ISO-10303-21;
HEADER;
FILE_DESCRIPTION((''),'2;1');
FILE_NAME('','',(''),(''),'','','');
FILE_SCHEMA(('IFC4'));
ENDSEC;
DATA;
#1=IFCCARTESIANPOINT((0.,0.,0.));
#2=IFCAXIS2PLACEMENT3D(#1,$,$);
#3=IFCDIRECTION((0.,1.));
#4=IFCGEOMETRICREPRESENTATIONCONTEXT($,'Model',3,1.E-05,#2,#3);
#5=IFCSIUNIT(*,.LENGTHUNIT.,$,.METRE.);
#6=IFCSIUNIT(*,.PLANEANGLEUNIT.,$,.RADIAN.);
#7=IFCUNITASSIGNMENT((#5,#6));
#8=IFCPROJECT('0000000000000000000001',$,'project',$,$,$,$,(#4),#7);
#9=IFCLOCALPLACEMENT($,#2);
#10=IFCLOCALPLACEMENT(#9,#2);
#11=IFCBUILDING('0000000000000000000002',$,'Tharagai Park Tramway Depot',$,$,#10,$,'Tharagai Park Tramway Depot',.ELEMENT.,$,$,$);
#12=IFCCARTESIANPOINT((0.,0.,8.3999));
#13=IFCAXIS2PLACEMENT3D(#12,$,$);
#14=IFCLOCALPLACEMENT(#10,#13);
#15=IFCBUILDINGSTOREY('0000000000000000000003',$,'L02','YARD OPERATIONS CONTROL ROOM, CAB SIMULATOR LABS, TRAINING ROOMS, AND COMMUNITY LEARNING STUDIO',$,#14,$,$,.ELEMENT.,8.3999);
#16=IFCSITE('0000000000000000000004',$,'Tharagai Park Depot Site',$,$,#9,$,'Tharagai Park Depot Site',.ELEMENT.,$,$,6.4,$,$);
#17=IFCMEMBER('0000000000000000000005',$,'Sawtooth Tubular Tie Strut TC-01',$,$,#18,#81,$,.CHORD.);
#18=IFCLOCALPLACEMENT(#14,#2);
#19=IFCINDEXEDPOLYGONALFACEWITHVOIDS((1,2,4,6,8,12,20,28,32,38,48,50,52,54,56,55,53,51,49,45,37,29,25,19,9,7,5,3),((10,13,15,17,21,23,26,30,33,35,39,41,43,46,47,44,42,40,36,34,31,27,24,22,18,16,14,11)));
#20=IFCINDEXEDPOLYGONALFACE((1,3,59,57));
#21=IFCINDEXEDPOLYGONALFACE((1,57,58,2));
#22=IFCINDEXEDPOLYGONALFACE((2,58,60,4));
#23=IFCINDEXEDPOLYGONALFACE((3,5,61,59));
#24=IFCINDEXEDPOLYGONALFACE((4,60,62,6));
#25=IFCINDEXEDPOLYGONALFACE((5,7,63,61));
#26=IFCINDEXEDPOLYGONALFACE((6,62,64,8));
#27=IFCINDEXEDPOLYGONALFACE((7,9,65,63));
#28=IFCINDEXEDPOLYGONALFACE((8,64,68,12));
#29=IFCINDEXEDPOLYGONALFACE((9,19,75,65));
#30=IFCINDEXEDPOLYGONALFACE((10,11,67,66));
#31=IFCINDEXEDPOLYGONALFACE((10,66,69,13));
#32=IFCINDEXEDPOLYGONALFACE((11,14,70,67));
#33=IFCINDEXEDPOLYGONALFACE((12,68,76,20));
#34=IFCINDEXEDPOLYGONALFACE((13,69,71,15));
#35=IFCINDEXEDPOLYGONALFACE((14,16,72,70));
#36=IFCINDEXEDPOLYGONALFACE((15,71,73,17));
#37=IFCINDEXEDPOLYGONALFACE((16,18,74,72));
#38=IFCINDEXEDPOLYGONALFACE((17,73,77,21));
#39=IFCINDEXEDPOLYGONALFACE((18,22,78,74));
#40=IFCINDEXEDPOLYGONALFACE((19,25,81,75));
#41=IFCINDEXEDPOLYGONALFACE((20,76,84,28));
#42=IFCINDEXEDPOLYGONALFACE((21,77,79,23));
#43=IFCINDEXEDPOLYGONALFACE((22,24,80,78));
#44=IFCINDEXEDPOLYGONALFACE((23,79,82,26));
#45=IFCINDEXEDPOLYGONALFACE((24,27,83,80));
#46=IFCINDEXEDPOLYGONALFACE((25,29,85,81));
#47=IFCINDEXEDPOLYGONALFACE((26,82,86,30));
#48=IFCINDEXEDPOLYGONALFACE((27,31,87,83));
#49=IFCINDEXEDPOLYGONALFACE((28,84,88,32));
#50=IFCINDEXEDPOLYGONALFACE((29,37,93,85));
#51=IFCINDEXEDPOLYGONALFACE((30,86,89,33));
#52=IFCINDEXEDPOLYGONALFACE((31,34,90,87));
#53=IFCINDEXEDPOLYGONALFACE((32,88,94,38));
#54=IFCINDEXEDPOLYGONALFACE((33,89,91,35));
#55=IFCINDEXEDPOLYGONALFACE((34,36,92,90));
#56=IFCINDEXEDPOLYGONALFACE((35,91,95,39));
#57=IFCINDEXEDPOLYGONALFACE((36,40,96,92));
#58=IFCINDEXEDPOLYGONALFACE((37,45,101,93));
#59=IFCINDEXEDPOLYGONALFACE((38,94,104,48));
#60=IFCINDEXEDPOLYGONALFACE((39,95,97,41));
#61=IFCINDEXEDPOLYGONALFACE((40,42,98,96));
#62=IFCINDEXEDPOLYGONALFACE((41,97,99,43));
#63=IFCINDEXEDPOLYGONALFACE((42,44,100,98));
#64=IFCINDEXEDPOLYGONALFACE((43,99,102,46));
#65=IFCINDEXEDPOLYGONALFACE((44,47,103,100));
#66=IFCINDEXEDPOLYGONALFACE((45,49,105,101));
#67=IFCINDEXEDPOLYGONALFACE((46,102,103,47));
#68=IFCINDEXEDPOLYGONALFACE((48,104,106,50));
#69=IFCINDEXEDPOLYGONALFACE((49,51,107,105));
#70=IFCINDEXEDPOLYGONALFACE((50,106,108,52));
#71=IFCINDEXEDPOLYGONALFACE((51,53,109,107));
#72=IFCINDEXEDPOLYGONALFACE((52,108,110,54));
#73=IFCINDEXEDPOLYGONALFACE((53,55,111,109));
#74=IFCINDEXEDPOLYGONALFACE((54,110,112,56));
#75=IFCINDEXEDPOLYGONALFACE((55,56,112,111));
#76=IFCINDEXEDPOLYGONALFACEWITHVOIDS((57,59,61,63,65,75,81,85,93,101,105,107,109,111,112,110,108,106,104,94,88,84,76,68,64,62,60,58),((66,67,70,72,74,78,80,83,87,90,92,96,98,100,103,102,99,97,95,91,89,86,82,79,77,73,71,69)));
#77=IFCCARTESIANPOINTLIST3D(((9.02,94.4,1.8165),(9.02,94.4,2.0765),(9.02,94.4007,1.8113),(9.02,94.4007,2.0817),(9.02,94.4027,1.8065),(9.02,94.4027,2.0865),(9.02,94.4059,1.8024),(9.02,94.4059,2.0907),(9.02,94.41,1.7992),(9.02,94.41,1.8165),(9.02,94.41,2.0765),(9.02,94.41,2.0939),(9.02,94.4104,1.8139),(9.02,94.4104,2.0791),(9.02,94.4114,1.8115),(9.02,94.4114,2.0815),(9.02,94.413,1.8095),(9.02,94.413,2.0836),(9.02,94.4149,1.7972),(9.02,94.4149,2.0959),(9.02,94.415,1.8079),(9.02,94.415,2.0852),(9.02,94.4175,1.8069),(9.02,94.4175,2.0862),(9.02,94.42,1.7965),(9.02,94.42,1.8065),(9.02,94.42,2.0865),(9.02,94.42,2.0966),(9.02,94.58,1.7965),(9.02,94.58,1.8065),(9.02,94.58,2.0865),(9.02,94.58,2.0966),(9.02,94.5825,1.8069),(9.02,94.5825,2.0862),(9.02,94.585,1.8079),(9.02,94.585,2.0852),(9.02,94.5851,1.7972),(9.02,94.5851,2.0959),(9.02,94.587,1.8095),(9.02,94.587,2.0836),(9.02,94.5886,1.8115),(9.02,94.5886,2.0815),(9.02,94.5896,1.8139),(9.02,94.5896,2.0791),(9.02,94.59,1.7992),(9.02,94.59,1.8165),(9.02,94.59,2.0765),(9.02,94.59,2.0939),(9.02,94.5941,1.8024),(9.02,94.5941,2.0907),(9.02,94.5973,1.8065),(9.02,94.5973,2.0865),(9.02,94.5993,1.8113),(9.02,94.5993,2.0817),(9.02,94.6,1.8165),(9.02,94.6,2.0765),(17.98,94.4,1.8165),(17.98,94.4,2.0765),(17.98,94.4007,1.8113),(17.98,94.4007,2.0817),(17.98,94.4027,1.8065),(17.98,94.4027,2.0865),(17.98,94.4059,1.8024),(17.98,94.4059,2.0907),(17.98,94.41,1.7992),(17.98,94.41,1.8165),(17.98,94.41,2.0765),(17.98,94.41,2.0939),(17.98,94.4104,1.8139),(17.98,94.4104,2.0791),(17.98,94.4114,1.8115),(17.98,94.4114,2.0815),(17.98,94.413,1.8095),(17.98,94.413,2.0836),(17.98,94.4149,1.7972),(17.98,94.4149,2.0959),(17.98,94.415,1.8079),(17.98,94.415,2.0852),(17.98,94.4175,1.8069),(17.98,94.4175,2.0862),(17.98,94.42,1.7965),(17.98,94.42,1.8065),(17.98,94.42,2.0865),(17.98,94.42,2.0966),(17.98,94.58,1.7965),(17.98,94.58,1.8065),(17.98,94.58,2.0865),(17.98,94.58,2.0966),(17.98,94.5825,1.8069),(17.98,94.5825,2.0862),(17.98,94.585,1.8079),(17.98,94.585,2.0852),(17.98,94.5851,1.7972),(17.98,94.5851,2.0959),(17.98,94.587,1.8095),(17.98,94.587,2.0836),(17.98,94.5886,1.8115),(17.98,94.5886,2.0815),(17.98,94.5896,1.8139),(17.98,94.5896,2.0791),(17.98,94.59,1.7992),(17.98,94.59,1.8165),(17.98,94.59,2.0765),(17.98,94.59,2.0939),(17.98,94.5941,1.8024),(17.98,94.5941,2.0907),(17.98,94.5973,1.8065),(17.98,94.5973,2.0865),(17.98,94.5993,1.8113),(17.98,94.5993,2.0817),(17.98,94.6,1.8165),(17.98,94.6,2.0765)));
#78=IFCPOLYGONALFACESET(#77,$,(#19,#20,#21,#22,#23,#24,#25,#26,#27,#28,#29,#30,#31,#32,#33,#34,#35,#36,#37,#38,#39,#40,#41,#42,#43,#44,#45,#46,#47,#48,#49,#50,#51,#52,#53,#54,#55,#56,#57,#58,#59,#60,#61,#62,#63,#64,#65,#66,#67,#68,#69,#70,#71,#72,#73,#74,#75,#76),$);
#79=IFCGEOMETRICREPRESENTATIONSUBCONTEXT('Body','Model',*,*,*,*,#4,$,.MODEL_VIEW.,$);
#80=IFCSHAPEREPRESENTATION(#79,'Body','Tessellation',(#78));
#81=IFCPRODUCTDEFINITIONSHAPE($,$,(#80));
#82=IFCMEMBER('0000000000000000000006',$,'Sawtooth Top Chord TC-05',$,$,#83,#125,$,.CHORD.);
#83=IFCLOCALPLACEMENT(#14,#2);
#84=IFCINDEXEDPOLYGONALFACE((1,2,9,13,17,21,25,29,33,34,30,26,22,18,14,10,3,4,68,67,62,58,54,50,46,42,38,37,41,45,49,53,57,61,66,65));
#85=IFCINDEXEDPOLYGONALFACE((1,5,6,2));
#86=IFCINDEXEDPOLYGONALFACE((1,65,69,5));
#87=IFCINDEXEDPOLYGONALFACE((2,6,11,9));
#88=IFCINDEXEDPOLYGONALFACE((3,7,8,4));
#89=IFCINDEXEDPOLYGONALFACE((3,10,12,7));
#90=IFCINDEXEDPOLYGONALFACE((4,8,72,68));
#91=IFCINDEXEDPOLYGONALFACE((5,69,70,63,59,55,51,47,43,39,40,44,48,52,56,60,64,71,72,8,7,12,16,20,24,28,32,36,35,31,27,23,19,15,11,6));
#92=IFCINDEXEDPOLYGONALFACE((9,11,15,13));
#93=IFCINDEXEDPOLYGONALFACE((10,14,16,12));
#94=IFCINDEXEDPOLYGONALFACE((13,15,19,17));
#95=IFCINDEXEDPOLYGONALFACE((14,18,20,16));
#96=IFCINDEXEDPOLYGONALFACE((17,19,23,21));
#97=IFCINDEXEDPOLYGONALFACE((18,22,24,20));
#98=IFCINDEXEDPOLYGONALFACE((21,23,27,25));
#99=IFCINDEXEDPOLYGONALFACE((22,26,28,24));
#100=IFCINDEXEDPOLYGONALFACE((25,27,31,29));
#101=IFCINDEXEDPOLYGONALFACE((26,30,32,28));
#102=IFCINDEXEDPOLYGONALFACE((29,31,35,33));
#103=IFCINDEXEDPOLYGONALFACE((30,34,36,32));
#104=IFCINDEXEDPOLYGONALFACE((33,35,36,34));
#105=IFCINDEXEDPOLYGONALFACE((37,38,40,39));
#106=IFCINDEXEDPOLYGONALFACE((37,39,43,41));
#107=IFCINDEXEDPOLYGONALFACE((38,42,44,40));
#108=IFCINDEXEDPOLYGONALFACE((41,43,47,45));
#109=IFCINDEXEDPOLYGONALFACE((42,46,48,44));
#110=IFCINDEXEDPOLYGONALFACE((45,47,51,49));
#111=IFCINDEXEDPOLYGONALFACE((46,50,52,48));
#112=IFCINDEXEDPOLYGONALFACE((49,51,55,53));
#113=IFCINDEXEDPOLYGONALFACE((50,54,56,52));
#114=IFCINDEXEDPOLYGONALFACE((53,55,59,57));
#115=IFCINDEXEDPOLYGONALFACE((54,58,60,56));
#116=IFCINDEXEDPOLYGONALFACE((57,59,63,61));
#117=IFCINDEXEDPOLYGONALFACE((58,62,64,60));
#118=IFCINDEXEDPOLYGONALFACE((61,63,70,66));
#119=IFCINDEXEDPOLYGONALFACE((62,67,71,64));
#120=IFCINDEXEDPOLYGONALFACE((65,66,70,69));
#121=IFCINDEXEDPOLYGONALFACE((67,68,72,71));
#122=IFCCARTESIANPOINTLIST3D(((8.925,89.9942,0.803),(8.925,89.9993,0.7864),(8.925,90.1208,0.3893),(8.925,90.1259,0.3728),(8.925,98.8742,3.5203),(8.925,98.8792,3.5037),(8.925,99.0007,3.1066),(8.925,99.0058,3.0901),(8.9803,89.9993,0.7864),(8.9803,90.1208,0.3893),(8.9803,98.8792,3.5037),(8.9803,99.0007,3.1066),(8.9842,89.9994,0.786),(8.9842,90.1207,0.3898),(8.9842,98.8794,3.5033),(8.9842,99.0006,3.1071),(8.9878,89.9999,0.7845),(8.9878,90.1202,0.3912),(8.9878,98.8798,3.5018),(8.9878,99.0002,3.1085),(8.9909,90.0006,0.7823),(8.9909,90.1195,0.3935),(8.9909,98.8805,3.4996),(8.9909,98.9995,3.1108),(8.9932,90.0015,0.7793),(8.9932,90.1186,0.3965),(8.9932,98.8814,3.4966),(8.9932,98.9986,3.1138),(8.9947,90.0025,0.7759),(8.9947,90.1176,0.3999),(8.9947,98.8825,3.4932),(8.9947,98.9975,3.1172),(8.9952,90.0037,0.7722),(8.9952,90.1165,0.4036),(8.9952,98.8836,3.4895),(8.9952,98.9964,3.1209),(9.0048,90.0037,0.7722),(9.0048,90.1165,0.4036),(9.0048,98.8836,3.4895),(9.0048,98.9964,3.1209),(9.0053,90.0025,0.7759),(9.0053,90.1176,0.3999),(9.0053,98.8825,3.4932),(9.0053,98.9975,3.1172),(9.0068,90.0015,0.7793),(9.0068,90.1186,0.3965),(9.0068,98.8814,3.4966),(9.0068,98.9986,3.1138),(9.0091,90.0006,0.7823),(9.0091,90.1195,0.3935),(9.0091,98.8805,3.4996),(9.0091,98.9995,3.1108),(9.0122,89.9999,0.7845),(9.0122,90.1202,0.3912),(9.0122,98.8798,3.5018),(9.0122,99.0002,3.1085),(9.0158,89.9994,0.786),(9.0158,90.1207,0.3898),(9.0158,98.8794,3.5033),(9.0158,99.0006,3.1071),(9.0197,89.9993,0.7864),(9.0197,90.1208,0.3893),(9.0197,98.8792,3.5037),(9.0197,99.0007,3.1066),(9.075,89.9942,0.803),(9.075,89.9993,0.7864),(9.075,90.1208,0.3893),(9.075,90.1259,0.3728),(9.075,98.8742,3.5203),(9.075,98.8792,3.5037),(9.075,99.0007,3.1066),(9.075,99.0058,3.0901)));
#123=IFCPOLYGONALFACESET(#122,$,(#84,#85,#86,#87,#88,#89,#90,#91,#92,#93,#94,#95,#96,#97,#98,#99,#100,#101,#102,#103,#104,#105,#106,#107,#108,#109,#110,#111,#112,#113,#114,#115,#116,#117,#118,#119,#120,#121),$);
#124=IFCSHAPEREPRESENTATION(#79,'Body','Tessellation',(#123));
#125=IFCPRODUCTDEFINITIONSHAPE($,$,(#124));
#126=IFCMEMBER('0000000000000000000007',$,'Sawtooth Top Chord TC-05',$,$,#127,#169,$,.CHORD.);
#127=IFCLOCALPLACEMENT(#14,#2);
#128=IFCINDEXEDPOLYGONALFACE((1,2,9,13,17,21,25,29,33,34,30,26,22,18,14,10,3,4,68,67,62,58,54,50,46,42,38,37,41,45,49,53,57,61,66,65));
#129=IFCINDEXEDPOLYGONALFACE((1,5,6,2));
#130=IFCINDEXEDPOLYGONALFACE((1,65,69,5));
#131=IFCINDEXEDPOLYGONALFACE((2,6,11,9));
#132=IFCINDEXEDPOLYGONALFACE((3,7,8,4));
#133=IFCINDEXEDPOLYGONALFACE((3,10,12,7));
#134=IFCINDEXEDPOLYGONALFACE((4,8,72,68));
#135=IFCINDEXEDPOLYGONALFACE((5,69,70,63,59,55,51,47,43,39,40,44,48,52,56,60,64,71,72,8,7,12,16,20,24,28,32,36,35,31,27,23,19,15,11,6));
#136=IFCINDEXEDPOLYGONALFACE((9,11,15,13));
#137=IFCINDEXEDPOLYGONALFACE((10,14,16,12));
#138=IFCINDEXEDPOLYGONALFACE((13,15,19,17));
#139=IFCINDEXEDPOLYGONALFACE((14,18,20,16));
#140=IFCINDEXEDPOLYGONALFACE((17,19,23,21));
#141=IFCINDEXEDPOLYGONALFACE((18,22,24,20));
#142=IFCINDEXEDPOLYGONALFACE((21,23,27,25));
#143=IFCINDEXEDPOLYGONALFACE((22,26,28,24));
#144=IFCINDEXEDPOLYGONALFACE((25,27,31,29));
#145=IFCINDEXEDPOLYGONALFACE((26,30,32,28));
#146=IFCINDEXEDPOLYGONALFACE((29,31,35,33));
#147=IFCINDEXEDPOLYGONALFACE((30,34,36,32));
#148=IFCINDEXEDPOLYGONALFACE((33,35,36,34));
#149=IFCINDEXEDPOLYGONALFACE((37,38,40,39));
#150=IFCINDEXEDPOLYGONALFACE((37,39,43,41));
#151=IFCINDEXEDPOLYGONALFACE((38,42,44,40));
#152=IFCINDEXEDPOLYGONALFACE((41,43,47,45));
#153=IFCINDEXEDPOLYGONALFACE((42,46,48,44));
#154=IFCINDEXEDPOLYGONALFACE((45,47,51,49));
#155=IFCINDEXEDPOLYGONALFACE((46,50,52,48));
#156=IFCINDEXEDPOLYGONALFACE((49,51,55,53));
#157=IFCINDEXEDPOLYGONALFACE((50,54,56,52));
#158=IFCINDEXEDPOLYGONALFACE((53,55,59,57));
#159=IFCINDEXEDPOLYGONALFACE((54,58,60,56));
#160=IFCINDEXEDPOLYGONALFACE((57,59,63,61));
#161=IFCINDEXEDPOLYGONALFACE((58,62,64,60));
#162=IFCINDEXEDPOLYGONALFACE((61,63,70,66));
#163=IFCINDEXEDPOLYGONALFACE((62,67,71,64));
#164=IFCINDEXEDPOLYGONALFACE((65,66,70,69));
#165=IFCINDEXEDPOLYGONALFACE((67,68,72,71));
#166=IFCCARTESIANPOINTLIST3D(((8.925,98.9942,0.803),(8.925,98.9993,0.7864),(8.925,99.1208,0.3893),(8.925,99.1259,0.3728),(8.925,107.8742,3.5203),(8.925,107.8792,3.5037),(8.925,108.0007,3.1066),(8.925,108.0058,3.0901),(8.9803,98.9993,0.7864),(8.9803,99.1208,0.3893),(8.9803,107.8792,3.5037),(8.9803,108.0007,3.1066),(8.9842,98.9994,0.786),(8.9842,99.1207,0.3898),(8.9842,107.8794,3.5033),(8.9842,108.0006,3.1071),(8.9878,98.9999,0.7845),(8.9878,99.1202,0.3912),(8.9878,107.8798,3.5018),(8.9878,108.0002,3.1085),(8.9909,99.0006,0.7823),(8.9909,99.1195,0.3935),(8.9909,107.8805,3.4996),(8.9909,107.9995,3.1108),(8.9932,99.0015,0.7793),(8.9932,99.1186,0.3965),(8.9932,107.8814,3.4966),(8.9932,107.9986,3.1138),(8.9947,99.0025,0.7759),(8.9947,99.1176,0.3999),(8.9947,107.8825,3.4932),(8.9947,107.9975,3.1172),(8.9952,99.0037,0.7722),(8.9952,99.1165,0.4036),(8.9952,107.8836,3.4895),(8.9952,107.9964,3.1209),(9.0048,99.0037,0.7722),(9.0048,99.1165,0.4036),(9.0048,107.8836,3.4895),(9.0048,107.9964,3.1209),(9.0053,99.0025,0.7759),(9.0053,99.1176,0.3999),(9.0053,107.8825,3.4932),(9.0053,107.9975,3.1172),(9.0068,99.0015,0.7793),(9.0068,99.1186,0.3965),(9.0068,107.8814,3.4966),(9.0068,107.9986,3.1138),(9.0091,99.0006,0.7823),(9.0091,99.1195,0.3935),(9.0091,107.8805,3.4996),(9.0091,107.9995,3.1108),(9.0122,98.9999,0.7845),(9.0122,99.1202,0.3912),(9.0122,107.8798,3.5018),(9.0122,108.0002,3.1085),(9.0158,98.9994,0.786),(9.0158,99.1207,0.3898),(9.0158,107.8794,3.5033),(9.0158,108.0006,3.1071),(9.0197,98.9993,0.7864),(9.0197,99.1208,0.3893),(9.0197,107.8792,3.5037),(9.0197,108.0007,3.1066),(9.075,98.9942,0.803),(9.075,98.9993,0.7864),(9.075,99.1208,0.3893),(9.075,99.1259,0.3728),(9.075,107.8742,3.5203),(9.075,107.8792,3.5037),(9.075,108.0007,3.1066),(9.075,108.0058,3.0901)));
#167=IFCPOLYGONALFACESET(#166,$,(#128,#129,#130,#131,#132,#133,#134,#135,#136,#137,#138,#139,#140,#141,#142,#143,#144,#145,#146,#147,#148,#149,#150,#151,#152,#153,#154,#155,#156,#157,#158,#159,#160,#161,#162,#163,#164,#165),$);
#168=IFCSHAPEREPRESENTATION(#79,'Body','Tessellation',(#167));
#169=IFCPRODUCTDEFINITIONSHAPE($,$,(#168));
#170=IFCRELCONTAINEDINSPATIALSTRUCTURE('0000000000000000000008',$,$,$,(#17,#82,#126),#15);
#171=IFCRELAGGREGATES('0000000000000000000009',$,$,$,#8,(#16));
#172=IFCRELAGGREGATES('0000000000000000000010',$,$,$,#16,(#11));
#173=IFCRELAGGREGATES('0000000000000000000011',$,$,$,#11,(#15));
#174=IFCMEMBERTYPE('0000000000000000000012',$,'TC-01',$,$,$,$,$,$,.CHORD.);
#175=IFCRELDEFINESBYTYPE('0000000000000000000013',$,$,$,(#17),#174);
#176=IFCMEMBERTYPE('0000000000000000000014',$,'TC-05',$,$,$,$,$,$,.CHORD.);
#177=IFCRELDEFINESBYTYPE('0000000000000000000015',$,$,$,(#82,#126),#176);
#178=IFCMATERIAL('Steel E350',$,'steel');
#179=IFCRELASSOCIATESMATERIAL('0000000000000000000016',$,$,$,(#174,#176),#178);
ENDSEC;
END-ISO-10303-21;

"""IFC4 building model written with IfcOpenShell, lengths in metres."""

from ifc_helpers import new_model, si_unit, direction, frame, origin, origin_2d, place, context, subcontext, project, spatial, hollow_rectangle, i_section, extrude, material, material_profile, profile_set, type_object, element, save


model = new_model("IFC4")

# Units and contexts
model_context = context("Model", 3, precision=1e-05, world=origin(), true_north=direction((0.0, 1.0)))
body_context = subcontext(model_context, "Body", "Model", "MODEL_VIEW")
ifc_project = project(units=[si_unit("LENGTHUNIT", "METRE"), si_unit("PLANEANGLEUNIT", "RADIAN")], contexts=[model_context])

# Site, building, storey
site_placement = place(None, origin())
site = spatial("IfcSite", under=ifc_project, at=site_placement, Name="Tharagai Park Depot Site", LongName="Tharagai Park Depot Site", CompositionType="ELEMENT", RefElevation=6.4)
building_placement = place(site_placement, origin())
building = spatial("IfcBuilding", under=site, at=building_placement, Name="Tharagai Park Tramway Depot", LongName="Tharagai Park Tramway Depot", CompositionType="ELEMENT")
storey_placement = place(building_placement, frame((0.0, 0.0, 8.3999)))
storey = spatial("IfcBuildingStorey", under=building, at=storey_placement, Name="L02", Description="YARD OPERATIONS CONTROL ROOM, CAB SIMULATOR LABS, TRAINING ROOMS, AND COMMUNITY LEARNING STUDIO", CompositionType="ELEMENT", Elevation=8.3999)

# Shared definitions
ifc_material_1 = material(Name="Steel E350", Category="steel")

# Members
ifc_material_profile_1 = material_profile(ifc_material_1, hollow_rectangle(XDim=0.2, YDim=0.3, WallThickness=0.01, InnerFilletRadius=0.01, OuterFilletRadius=0.02, at=origin_2d()), Name="RHS 300x200x10")
ifc_profile_set_1 = profile_set([ifc_material_profile_1], Name="Steel E350")
member_type_1 = type_object("IfcMemberType", Name="TC-01", PredefinedType="CHORD", material=ifc_profile_set_1)
member_1_placement = place(storey_placement, frame((9.02, 94.5, 1.9465), z_axis=(1.0, 0.0, 0.0), x_axis=(0.0, 1.0, 0.0)))
element("IfcMember", 1, at=member_1_placement, inside=storey, type_object=member_type_1, Name="Sawtooth Tubular Tie Strut TC-01", PredefinedType="CHORD", context=body_context, shape_type="SweptSolid", body=[
    extrude(hollow_rectangle(XDim=0.2, YDim=0.3, WallThickness=0.01, InnerFilletRadius=0.01, OuterFilletRadius=0.02, at=origin_2d()), origin(), (0.0, 0.0, 1.0), 8.96),
])
ifc_material_profile_2 = material_profile(ifc_material_1, i_section(OverallWidth=0.1499, OverallDepth=0.45, WebThickness=0.0095, FlangeThickness=0.0173, FilletRadius=0.0149, at=origin_2d()), Name="ISMB 450")
ifc_profile_set_2 = profile_set([ifc_material_profile_2], Name="Steel E350")
member_type_2 = type_object("IfcMemberType", Name="TC-05", PredefinedType="CHORD", material=ifc_profile_set_2)
for number, where, z_axis, x_axis, name in (
    (2, (9.0, 90.0601, 0.5879), (0.0, 0.956231, 0.292611), (-1.0, 0.0, 0.0), "Sawtooth Top Chord TC-05"),
    (3, (9.0, 99.0601, 0.5879), (0.0, 0.956231, 0.292611), (-1.0, 0.0, 0.0), "Sawtooth Top Chord TC-05"),
):
    element("IfcMember", number, at=place(storey_placement, frame(where, z_axis=z_axis, x_axis=x_axis)), inside=storey, type_object=member_type_2, Name=name, PredefinedType="CHORD", context=body_context, shape_type="SweptSolid", body=[
        extrude(i_section(OverallWidth=0.1499, OverallDepth=0.45, WebThickness=0.0095, FlangeThickness=0.0173, FilletRadius=0.0149, at=origin_2d()), origin(), (0.0, 0.0, 1.0), 9.2864),
    ])

save(model, "model.ifc")
